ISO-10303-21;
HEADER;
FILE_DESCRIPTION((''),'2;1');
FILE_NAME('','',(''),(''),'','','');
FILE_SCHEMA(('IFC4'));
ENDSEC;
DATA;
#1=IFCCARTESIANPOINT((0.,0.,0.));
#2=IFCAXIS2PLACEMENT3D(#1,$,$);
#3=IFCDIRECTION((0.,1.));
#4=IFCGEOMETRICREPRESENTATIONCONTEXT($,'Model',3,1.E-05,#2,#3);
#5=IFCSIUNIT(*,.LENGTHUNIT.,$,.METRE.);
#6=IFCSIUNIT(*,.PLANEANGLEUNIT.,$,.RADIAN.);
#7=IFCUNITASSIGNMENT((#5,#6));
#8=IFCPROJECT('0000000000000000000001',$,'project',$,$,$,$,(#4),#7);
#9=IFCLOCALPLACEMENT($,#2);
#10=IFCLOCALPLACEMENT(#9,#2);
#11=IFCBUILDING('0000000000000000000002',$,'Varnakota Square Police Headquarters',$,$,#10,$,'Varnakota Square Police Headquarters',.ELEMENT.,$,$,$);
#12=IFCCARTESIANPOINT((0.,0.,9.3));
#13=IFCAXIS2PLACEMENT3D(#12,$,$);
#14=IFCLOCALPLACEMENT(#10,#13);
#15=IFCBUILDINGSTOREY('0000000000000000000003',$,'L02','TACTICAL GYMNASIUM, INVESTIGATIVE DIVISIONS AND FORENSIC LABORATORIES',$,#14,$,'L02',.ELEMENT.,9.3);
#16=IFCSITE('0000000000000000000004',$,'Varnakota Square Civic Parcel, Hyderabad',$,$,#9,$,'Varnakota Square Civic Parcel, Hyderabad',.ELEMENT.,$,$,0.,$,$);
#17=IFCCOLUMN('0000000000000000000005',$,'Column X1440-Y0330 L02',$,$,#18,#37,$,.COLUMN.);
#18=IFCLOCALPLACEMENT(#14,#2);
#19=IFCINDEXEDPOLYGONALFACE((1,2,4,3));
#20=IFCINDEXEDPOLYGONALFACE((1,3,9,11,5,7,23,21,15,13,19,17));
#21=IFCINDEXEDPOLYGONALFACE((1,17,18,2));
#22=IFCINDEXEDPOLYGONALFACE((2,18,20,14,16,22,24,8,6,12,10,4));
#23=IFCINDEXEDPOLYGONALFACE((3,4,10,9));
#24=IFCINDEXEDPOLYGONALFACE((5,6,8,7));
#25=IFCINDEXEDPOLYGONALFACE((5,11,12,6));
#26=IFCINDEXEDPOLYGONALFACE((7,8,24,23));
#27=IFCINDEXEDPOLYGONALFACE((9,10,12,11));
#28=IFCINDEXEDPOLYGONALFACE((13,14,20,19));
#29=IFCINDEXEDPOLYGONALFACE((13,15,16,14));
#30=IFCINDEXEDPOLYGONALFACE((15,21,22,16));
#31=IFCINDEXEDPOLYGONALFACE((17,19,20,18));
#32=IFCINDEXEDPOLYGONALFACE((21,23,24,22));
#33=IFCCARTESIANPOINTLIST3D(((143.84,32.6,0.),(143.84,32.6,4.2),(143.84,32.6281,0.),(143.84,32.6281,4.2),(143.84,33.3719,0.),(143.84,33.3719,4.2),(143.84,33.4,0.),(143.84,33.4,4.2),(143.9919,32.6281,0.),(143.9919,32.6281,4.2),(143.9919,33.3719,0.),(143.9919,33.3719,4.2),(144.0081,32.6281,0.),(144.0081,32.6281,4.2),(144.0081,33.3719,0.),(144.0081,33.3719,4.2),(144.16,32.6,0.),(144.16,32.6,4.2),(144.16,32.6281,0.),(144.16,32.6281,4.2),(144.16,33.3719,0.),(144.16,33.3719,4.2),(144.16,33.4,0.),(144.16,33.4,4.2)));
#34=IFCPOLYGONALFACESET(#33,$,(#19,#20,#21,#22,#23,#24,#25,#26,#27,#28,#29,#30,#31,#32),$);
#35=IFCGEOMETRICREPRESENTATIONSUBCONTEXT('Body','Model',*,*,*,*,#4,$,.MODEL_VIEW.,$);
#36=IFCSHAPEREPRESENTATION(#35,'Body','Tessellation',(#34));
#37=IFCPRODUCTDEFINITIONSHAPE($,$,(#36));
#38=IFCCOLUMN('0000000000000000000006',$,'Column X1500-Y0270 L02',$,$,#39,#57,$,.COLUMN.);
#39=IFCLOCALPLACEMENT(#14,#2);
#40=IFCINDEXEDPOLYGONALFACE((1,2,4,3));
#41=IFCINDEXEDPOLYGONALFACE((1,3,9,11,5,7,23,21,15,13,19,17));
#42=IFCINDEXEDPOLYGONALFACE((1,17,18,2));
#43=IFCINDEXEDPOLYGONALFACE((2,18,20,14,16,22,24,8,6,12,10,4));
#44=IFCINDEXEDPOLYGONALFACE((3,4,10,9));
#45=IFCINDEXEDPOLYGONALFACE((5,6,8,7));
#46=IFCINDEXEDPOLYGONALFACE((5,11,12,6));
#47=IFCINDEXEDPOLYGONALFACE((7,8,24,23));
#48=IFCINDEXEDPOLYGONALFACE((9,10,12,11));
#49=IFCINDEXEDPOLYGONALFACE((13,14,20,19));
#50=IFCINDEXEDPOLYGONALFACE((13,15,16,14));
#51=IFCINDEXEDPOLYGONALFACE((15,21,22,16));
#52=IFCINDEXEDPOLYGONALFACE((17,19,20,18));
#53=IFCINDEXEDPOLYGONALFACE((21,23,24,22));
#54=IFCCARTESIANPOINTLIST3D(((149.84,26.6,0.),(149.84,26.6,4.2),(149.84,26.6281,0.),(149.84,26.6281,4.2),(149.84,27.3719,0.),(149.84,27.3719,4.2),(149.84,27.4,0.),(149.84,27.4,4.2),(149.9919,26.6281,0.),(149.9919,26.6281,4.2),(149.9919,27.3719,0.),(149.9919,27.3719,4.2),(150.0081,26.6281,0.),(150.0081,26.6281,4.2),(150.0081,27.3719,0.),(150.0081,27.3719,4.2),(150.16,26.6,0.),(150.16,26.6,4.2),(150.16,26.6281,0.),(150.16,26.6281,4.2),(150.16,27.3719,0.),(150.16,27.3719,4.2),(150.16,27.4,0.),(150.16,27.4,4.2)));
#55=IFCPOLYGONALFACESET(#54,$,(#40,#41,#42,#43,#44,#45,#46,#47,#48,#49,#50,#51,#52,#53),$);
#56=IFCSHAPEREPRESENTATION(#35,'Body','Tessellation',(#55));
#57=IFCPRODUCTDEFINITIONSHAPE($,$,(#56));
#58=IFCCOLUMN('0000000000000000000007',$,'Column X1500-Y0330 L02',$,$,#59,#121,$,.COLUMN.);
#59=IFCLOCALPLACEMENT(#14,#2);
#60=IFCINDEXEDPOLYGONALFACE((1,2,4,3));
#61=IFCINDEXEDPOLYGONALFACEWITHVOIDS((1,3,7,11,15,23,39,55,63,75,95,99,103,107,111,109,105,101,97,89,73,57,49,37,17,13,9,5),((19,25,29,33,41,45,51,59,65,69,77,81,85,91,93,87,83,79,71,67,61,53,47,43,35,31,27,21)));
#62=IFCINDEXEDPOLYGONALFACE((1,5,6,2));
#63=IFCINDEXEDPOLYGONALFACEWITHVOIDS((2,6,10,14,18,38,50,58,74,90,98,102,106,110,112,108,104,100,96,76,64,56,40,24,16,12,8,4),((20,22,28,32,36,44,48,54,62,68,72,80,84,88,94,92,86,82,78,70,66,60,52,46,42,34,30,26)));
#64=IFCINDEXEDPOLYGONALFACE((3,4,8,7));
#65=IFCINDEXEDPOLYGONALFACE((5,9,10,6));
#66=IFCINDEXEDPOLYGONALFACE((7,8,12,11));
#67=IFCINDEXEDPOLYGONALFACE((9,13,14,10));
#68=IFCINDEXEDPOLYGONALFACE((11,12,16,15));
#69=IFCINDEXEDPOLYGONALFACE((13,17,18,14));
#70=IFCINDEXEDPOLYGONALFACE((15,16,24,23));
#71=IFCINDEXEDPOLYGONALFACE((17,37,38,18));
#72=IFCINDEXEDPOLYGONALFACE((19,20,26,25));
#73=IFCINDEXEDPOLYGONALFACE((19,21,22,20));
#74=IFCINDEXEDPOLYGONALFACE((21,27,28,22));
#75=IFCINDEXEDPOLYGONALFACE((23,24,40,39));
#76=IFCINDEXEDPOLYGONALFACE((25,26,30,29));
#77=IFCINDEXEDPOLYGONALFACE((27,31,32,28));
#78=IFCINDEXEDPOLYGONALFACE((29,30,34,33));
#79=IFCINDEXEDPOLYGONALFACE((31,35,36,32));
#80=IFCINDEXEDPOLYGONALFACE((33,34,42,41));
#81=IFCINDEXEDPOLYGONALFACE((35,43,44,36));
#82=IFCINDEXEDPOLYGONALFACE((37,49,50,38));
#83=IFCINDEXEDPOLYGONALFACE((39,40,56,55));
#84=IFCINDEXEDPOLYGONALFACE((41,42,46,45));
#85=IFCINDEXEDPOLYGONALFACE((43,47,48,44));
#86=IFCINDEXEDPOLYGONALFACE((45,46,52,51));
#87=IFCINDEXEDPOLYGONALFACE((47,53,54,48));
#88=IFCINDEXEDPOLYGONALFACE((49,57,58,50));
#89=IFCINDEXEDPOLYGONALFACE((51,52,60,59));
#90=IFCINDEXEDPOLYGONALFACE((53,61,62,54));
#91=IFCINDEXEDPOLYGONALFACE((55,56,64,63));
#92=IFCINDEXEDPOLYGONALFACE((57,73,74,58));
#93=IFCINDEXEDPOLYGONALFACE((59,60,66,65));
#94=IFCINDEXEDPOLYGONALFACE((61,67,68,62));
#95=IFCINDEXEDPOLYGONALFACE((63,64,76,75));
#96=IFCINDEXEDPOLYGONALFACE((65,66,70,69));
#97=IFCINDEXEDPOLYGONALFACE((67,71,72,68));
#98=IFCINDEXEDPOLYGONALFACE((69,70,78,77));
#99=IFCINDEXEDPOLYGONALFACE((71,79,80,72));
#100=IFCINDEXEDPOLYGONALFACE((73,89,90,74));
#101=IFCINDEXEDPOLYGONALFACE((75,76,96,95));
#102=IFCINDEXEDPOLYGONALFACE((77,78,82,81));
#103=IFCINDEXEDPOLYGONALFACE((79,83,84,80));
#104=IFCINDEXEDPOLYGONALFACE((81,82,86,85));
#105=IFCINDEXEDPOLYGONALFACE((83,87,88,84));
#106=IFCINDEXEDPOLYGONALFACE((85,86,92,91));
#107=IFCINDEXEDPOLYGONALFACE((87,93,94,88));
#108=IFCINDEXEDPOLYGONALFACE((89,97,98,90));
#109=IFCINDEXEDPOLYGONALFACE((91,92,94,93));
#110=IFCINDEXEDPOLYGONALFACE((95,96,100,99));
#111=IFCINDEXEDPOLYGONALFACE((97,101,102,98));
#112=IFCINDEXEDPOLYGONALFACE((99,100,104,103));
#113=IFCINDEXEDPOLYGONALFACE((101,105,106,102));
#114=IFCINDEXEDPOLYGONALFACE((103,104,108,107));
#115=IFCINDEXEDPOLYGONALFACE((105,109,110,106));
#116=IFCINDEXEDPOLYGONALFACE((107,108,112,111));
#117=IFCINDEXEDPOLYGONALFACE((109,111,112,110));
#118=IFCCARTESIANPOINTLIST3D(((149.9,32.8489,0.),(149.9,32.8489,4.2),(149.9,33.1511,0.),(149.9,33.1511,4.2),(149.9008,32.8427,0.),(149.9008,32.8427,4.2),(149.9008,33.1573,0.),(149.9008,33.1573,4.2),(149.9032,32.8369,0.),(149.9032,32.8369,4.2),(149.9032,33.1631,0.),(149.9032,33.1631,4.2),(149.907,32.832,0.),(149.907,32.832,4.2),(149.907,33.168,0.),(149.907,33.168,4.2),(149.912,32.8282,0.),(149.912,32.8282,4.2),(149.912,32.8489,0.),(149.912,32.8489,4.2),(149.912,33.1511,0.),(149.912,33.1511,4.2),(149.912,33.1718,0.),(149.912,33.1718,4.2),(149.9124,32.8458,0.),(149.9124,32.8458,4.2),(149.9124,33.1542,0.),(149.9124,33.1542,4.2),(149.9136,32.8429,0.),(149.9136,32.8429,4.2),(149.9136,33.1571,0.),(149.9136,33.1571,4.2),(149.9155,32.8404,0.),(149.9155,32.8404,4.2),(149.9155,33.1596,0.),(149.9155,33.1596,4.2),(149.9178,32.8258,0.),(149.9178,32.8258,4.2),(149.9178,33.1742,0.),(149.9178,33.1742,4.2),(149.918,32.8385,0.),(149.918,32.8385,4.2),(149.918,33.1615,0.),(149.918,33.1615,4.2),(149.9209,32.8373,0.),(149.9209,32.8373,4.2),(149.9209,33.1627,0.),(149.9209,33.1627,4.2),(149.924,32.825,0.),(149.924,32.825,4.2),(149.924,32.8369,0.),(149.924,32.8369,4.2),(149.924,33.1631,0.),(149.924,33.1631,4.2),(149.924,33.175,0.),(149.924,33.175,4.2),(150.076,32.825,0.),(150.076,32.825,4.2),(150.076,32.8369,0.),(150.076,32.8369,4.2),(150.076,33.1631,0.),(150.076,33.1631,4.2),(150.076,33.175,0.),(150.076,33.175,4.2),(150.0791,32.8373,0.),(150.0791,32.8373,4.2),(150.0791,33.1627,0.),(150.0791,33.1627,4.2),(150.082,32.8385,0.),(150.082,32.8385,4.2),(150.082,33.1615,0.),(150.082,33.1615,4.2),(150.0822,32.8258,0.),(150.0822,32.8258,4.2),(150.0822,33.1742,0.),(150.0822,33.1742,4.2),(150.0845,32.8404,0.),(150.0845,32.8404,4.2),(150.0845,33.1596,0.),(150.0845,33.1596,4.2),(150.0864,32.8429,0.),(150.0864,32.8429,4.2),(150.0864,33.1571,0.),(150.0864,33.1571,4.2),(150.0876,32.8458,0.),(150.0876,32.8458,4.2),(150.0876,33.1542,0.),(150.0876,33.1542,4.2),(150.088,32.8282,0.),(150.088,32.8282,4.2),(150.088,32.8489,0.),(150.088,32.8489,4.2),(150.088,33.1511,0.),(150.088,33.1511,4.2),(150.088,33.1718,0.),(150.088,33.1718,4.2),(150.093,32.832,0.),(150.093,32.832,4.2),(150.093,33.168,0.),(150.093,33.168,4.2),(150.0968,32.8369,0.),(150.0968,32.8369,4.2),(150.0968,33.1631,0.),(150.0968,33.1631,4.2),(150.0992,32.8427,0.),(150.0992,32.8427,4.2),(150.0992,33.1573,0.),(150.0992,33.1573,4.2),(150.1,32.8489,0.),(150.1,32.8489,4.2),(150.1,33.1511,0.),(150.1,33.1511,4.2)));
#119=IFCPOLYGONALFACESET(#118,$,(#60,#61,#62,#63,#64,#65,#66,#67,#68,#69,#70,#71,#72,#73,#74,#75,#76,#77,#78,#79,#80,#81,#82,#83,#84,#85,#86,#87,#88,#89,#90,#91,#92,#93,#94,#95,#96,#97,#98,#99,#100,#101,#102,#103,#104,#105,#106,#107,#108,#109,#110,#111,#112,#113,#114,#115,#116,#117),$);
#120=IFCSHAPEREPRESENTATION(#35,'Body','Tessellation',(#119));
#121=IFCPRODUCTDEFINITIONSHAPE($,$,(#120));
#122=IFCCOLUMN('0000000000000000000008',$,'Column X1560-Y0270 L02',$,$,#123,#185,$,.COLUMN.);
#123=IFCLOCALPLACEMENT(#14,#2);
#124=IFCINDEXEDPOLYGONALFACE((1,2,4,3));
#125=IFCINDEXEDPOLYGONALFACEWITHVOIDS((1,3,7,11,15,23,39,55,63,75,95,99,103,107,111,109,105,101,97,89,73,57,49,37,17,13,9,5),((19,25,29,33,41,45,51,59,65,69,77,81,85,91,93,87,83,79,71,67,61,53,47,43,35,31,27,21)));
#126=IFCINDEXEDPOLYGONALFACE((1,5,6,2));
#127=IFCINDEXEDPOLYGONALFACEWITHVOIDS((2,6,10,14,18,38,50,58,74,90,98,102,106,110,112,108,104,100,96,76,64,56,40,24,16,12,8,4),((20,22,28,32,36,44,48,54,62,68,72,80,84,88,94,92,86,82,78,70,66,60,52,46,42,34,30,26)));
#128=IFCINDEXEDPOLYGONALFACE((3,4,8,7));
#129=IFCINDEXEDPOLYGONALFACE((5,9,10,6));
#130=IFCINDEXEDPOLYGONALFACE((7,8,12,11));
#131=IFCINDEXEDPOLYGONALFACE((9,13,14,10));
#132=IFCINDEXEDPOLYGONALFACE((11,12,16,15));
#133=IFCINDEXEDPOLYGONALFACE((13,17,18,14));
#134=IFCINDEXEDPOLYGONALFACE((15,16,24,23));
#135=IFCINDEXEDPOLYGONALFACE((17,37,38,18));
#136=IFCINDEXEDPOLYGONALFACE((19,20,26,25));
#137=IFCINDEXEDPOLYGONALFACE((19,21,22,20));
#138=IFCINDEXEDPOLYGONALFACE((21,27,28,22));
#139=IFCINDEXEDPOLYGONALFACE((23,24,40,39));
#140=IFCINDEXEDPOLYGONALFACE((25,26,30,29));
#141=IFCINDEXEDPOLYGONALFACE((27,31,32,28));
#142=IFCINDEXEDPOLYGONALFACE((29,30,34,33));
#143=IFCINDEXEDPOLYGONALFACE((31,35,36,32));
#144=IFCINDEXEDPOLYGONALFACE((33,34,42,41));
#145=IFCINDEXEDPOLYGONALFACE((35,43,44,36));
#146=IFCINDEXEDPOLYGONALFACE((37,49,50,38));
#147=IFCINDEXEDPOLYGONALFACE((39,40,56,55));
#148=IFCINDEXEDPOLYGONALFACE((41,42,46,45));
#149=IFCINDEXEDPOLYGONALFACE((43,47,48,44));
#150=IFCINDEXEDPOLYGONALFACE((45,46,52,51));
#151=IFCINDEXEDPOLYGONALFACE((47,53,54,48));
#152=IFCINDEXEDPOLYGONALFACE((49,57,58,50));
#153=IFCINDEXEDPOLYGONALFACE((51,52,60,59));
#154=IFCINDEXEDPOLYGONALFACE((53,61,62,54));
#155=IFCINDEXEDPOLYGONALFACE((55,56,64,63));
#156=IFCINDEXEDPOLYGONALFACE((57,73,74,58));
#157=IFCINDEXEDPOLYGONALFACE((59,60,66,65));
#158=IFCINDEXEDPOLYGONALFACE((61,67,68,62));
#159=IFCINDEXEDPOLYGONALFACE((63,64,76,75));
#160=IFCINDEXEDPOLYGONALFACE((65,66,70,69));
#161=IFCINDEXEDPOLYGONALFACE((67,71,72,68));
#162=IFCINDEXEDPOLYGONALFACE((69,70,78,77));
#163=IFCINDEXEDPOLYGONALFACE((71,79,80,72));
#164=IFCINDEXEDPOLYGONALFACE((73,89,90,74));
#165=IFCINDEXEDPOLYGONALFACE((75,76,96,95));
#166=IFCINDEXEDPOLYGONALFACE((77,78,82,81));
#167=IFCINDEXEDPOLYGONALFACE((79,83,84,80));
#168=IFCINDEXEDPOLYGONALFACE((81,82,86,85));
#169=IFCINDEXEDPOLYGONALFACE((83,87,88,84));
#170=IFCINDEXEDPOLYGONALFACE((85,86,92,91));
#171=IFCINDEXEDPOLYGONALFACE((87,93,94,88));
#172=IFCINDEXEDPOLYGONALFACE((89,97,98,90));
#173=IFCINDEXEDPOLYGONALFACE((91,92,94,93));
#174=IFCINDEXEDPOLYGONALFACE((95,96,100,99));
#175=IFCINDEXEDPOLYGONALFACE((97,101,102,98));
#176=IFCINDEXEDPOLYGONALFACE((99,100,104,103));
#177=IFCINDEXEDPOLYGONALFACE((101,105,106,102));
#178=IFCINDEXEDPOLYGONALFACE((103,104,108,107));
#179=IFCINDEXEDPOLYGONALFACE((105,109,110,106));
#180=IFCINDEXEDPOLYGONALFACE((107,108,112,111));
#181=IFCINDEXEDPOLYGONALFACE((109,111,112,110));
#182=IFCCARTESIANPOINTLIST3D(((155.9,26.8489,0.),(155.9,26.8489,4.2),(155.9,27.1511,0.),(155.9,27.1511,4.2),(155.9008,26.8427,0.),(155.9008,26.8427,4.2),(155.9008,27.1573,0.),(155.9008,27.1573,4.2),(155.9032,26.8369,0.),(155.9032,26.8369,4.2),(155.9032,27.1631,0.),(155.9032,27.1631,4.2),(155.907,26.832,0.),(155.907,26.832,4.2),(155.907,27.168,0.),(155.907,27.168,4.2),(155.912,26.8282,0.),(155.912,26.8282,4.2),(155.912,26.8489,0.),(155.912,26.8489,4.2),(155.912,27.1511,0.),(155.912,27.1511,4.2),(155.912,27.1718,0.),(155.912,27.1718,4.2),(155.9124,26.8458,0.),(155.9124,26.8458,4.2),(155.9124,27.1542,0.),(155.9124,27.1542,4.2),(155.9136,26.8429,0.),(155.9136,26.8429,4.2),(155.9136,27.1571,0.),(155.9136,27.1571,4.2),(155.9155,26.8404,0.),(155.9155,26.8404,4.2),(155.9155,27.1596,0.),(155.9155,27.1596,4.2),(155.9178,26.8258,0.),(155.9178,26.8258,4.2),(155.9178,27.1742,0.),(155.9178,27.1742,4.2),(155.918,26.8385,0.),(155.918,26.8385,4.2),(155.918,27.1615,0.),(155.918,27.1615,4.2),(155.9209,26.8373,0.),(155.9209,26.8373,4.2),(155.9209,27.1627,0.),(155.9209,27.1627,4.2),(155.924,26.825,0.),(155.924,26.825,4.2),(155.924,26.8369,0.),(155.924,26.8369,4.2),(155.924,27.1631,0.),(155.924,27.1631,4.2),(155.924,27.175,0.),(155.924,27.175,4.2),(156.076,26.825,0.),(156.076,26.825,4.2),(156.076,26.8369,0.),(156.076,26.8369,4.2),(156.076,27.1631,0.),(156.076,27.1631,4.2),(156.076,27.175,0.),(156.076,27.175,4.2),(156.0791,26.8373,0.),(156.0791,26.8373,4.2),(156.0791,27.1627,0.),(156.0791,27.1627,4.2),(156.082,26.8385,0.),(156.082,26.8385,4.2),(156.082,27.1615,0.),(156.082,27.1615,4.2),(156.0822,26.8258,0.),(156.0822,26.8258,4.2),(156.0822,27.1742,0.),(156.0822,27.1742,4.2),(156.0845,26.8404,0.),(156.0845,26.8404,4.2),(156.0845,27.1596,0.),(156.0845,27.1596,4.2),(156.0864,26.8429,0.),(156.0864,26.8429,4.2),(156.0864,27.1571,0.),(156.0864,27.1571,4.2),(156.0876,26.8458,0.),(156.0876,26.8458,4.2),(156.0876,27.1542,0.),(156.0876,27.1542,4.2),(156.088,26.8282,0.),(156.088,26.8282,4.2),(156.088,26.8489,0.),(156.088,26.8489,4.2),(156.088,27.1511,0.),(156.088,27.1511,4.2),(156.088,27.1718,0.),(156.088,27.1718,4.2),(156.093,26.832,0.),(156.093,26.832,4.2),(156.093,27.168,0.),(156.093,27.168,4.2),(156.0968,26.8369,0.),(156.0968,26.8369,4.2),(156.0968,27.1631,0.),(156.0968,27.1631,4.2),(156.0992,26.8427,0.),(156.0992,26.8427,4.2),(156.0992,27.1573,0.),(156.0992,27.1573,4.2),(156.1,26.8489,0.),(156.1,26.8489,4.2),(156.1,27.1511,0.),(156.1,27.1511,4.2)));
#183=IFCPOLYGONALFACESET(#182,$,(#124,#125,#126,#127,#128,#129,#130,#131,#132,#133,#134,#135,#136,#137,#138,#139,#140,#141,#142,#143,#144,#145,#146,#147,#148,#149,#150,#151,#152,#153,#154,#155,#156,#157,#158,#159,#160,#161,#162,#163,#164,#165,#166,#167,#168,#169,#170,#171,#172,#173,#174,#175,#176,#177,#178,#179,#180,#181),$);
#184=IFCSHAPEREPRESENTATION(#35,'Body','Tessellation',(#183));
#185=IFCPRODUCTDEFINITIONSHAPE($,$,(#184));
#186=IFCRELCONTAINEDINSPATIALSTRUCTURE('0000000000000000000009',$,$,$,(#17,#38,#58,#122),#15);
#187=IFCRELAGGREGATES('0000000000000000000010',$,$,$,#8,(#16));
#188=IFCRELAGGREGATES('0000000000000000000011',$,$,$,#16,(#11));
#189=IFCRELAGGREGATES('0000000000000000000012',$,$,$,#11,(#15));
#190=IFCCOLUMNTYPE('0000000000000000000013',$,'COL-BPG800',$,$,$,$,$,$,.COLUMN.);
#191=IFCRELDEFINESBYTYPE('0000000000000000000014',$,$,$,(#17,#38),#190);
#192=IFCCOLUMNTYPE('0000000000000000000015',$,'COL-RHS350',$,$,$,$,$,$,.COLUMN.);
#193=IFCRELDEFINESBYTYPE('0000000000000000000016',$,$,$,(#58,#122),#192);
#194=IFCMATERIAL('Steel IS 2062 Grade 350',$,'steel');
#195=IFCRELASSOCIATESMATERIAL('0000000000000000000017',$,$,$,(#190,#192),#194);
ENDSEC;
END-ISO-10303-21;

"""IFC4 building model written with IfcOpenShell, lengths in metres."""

from ifc_helpers import new_model, si_unit, direction, frame, origin, origin_2d, place, context, subcontext, project, spatial, hollow_rectangle, i_section, extrude, material, material_profile, profile_set, type_object, element, save


model = new_model("IFC4")

# Units and contexts
model_context = context("Model", 3, precision=1e-05, world=origin(), true_north=direction((0.0, 1.0)))
body_context = subcontext(model_context, "Body", "Model", "MODEL_VIEW")
ifc_project = project(units=[si_unit("LENGTHUNIT", "METRE"), si_unit("PLANEANGLEUNIT", "RADIAN")], contexts=[model_context])

# Site, building, storey
site_placement = place(None, origin())
site = spatial("IfcSite", under=ifc_project, at=site_placement, Name="Varnakota Square Civic Parcel, Hyderabad", LongName="Varnakota Square Civic Parcel, Hyderabad", CompositionType="ELEMENT", RefElevation=0.0)
building_placement = place(site_placement, origin())
building = spatial("IfcBuilding", under=site, at=building_placement, Name="Varnakota Square Police Headquarters", LongName="Varnakota Square Police Headquarters", CompositionType="ELEMENT")
storey_placement = place(building_placement, frame((0.0, 0.0, 9.3)))
storey = spatial("IfcBuildingStorey", under=building, at=storey_placement, Name="L02", Description="TACTICAL GYMNASIUM, INVESTIGATIVE DIVISIONS AND FORENSIC LABORATORIES", LongName="L02", CompositionType="ELEMENT", Elevation=9.3)

# Columns
ifc_material_1 = material(Name="Steel IS 2062 Grade 350", Category="steel")
ifc_material_profile_1 = material_profile(ifc_material_1, i_section(OverallWidth=0.3201, OverallDepth=0.8, WebThickness=0.0161, FlangeThickness=0.0281, at=origin_2d()), Name="BPG 800x320")
ifc_profile_set_1 = profile_set([ifc_material_profile_1], Name="Steel IS 2062 Grade 350")
column_type_1 = type_object("IfcColumnType", Name="COL-BPG800", PredefinedType="COLUMN", material=ifc_profile_set_1)
for number, where, z_axis, x_axis, name in (
    (1, (144.0, 33.0, 0.0), (0.0, 0.0, 1.0), (1.0, 0.0, 0.0), "Column X1440-Y0330 L02"),
    (2, (150.0, 27.0, 0.0), (0.0, 0.0, 1.0), (1.0, 0.0, 0.0), "Column X1500-Y0270 L02"),
):
    element("IfcColumn", number, at=place(storey_placement, frame(where, z_axis=z_axis, x_axis=x_axis)), inside=storey, type_object=column_type_1, Name=name, PredefinedType="COLUMN", context=body_context, shape_type="SweptSolid", body=[
        extrude(i_section(OverallWidth=0.3201, OverallDepth=0.8, WebThickness=0.0161, FlangeThickness=0.0281, at=origin_2d()), origin(), (0.0, 0.0, 1.0), 4.2),
    ])
ifc_material_profile_2 = material_profile(ifc_material_1, hollow_rectangle(XDim=0.2, YDim=0.3501, WallThickness=0.012, InnerFilletRadius=0.012, OuterFilletRadius=0.0239, at=origin_2d()), Name="RHS 350x200x12")
ifc_profile_set_2 = profile_set([ifc_material_profile_2], Name="Steel IS 2062 Grade 350")
column_type_2 = type_object("IfcColumnType", Name="COL-RHS350", PredefinedType="COLUMN", material=ifc_profile_set_2)
for number, where, z_axis, x_axis, name in (
    (3, (150.0, 33.0, 0.0), (0.0, 0.0, 1.0), (1.0, 0.0, 0.0), "Column X1500-Y0330 L02"),
    (4, (156.0, 27.0, 0.0), (0.0, 0.0, 1.0), (1.0, 0.0, 0.0), "Column X1560-Y0270 L02"),
):
    element("IfcColumn", number, at=place(storey_placement, frame(where, z_axis=z_axis, x_axis=x_axis)), inside=storey, type_object=column_type_2, Name=name, PredefinedType="COLUMN", context=body_context, shape_type="SweptSolid", body=[
        extrude(hollow_rectangle(XDim=0.2, YDim=0.3501, WallThickness=0.012, InnerFilletRadius=0.012, OuterFilletRadius=0.0239, at=origin_2d()), origin(), (0.0, 0.0, 1.0), 4.2),
    ])

save(model, "model.ifc")
